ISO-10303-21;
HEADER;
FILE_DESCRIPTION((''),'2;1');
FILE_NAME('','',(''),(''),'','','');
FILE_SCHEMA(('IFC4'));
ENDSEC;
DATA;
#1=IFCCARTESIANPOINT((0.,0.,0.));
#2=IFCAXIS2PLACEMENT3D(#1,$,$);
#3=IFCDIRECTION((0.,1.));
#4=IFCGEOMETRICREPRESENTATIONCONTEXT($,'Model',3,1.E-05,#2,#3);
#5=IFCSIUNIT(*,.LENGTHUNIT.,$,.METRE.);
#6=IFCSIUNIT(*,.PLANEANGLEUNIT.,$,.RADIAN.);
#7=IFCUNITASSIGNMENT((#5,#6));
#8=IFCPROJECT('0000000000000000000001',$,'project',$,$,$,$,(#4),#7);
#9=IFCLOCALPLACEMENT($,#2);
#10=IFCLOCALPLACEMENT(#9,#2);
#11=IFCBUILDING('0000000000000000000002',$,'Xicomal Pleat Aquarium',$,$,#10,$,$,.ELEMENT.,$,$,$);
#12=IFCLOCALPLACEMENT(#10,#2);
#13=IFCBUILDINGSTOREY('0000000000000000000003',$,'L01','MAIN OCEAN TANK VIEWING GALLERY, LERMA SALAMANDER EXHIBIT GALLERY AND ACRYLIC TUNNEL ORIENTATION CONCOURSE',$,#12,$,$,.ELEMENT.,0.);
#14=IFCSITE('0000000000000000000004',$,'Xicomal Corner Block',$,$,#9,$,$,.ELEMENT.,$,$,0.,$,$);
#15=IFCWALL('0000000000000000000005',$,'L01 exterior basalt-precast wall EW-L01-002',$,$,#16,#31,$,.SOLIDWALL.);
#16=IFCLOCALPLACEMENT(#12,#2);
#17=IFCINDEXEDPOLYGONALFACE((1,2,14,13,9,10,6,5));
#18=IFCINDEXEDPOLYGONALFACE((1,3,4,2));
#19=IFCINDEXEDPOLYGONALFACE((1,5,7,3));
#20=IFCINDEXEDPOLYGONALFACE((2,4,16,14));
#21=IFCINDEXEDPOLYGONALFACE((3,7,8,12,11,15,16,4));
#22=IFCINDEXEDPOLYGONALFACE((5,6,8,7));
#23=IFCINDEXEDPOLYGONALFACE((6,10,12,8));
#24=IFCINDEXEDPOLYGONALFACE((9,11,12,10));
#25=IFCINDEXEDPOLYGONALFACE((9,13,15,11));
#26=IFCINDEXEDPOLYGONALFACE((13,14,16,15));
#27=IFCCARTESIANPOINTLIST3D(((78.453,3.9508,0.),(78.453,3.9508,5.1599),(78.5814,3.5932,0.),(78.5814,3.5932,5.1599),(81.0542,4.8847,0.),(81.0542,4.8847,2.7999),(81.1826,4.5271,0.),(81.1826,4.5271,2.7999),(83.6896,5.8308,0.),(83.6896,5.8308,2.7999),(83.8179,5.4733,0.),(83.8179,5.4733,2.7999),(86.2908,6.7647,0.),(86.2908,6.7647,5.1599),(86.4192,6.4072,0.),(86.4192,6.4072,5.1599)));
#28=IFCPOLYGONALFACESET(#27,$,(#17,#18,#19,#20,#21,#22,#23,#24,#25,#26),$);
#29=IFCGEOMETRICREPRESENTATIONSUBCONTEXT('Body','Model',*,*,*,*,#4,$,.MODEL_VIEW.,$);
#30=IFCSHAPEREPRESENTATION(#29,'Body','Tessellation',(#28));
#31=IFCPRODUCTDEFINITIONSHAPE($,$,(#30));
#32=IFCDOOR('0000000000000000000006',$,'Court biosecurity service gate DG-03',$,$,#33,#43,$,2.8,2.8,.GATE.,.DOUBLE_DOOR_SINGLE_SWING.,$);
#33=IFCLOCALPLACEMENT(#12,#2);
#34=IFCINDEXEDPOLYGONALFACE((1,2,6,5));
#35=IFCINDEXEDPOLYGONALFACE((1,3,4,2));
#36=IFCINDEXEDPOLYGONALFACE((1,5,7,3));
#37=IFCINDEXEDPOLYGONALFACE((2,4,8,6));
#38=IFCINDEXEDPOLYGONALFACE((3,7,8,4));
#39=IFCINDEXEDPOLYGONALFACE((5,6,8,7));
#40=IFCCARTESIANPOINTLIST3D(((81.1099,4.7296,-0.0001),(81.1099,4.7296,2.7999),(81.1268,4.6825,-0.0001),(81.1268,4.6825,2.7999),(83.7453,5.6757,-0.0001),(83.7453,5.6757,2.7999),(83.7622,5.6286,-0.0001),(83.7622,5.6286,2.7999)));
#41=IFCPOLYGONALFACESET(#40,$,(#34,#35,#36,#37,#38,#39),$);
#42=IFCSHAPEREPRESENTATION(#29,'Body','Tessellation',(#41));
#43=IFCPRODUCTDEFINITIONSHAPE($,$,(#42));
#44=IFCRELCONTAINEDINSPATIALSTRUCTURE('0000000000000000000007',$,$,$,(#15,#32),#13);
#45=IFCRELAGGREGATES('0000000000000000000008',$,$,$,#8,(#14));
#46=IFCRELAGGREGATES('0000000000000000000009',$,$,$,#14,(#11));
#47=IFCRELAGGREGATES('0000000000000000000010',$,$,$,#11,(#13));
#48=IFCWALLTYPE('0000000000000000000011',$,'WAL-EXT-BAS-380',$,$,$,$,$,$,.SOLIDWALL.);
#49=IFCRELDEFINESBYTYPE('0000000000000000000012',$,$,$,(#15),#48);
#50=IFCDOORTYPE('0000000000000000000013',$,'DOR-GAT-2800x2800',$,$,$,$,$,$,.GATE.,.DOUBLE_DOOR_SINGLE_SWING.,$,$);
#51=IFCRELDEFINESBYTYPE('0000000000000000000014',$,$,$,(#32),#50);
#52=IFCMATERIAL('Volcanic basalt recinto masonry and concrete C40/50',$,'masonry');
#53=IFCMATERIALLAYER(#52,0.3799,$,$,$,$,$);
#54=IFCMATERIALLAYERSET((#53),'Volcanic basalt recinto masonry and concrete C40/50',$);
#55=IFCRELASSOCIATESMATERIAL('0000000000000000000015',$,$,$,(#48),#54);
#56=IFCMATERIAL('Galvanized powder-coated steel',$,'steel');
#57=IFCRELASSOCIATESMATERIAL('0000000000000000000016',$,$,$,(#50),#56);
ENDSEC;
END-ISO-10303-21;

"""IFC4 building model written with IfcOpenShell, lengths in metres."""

from ifc_helpers import new_model, si_unit, direction, frame, frame_2d, origin, place, context, subcontext, project, spatial, rectangle, extrude, material, layer, layer_set, type_object, element, fill, save


model = new_model("IFC4")

# Units and contexts
model_context = context("Model", 3, precision=1e-05, world=origin(), true_north=direction((0.0, 1.0)))
body_context = subcontext(model_context, "Body", "Model", "MODEL_VIEW")
ifc_project = project(units=[si_unit("LENGTHUNIT", "METRE"), si_unit("PLANEANGLEUNIT", "RADIAN")], contexts=[model_context])

# Site, building, storey
site_placement = place(None, origin())
site = spatial("IfcSite", under=ifc_project, at=site_placement, Name="Xicomal Corner Block", CompositionType="ELEMENT", RefElevation=0.0)
building_placement = place(site_placement, origin())
building = spatial("IfcBuilding", under=site, at=building_placement, Name="Xicomal Pleat Aquarium", CompositionType="ELEMENT")
storey_placement = place(building_placement, origin())
storey = spatial("IfcBuildingStorey", under=building, at=storey_placement, Name="L01", Description="MAIN OCEAN TANK VIEWING GALLERY, LERMA SALAMANDER EXHIBIT GALLERY AND ACRYLIC TUNNEL ORIENTATION CONCOURSE", CompositionType="ELEMENT", Elevation=0.0)

# Wall, opening, door
ifc_material_1 = material(Name="Volcanic basalt recinto masonry and concrete C40/50", Category="masonry")
ifc_layer_1 = layer(ifc_material_1, 0.3799)
ifc_layer_set_1 = layer_set([ifc_layer_1], Name="Volcanic basalt recinto masonry and concrete C40/50")
wall_type = type_object("IfcWallType", Name="WAL-EXT-BAS-380", PredefinedType="SOLIDWALL", material=ifc_layer_set_1)
wall_placement = place(storey_placement, frame((86.355, 6.5859, 0.0), z_axis=(0.0, 0.0, 1.0), x_axis=(-0.941181, -0.337903, 0.0)))
wall = element("IfcWall", 1, at=wall_placement, inside=storey, type_object=wall_type, Name="L01 exterior basalt-precast wall EW-L01-002", PredefinedType="SOLIDWALL", context=body_context, shape_type="SweptSolid", body=[
    extrude(rectangle(XDim=8.3276, YDim=0.3799, at=frame_2d((4.1638, 0.0))), origin(), (0.0, 0.0, 1.0), 5.1599),
])
opening_placement = place(wall_placement, frame((2.7639, 0.0, 0.0)))
opening = element("IfcOpeningElement", 2, at=opening_placement, cuts=wall, PredefinedType="OPENING", context=body_context, shape_type="SweptSolid", body=[
    extrude(rectangle(XDim=2.8, YDim=2.8, at=frame_2d((1.3999, 1.3999))), frame((0.0, 0.2, 0.0), z_axis=(0.0, -1.0, 0.0), x_axis=(1.0, 0.0, 0.0)), (0.0, 0.0, 1.0), 0.3999),
])
ifc_material_2 = material(Name="Galvanized powder-coated steel", Category="steel")
door_type = type_object("IfcDoorType", Name="DOR-GAT-2800x2800", OperationType="DOUBLE_DOOR_SINGLE_SWING", PredefinedType="GATE", material=ifc_material_2)
door_placement = place(opening_placement, origin())
door = element("IfcDoor", 3, at=door_placement, inside=storey, type_object=door_type, Name="Court biosecurity service gate DG-03", OperationType="DOUBLE_DOOR_SINGLE_SWING", OverallHeight=2.8, OverallWidth=2.8, PredefinedType="GATE", context=body_context, shape_type="SweptSolid", body=[
    extrude(rectangle(XDim=2.8, YDim=2.8, at=frame_2d((1.3999, 1.3999))), frame((0.0, 0.0249, 0.0), z_axis=(0.0, -1.0, 0.0), x_axis=(1.0, 0.0, 0.0)), (0.0, 0.0, 1.0), 0.05),
])
fill(opening, door)

save(model, "model.ifc")
